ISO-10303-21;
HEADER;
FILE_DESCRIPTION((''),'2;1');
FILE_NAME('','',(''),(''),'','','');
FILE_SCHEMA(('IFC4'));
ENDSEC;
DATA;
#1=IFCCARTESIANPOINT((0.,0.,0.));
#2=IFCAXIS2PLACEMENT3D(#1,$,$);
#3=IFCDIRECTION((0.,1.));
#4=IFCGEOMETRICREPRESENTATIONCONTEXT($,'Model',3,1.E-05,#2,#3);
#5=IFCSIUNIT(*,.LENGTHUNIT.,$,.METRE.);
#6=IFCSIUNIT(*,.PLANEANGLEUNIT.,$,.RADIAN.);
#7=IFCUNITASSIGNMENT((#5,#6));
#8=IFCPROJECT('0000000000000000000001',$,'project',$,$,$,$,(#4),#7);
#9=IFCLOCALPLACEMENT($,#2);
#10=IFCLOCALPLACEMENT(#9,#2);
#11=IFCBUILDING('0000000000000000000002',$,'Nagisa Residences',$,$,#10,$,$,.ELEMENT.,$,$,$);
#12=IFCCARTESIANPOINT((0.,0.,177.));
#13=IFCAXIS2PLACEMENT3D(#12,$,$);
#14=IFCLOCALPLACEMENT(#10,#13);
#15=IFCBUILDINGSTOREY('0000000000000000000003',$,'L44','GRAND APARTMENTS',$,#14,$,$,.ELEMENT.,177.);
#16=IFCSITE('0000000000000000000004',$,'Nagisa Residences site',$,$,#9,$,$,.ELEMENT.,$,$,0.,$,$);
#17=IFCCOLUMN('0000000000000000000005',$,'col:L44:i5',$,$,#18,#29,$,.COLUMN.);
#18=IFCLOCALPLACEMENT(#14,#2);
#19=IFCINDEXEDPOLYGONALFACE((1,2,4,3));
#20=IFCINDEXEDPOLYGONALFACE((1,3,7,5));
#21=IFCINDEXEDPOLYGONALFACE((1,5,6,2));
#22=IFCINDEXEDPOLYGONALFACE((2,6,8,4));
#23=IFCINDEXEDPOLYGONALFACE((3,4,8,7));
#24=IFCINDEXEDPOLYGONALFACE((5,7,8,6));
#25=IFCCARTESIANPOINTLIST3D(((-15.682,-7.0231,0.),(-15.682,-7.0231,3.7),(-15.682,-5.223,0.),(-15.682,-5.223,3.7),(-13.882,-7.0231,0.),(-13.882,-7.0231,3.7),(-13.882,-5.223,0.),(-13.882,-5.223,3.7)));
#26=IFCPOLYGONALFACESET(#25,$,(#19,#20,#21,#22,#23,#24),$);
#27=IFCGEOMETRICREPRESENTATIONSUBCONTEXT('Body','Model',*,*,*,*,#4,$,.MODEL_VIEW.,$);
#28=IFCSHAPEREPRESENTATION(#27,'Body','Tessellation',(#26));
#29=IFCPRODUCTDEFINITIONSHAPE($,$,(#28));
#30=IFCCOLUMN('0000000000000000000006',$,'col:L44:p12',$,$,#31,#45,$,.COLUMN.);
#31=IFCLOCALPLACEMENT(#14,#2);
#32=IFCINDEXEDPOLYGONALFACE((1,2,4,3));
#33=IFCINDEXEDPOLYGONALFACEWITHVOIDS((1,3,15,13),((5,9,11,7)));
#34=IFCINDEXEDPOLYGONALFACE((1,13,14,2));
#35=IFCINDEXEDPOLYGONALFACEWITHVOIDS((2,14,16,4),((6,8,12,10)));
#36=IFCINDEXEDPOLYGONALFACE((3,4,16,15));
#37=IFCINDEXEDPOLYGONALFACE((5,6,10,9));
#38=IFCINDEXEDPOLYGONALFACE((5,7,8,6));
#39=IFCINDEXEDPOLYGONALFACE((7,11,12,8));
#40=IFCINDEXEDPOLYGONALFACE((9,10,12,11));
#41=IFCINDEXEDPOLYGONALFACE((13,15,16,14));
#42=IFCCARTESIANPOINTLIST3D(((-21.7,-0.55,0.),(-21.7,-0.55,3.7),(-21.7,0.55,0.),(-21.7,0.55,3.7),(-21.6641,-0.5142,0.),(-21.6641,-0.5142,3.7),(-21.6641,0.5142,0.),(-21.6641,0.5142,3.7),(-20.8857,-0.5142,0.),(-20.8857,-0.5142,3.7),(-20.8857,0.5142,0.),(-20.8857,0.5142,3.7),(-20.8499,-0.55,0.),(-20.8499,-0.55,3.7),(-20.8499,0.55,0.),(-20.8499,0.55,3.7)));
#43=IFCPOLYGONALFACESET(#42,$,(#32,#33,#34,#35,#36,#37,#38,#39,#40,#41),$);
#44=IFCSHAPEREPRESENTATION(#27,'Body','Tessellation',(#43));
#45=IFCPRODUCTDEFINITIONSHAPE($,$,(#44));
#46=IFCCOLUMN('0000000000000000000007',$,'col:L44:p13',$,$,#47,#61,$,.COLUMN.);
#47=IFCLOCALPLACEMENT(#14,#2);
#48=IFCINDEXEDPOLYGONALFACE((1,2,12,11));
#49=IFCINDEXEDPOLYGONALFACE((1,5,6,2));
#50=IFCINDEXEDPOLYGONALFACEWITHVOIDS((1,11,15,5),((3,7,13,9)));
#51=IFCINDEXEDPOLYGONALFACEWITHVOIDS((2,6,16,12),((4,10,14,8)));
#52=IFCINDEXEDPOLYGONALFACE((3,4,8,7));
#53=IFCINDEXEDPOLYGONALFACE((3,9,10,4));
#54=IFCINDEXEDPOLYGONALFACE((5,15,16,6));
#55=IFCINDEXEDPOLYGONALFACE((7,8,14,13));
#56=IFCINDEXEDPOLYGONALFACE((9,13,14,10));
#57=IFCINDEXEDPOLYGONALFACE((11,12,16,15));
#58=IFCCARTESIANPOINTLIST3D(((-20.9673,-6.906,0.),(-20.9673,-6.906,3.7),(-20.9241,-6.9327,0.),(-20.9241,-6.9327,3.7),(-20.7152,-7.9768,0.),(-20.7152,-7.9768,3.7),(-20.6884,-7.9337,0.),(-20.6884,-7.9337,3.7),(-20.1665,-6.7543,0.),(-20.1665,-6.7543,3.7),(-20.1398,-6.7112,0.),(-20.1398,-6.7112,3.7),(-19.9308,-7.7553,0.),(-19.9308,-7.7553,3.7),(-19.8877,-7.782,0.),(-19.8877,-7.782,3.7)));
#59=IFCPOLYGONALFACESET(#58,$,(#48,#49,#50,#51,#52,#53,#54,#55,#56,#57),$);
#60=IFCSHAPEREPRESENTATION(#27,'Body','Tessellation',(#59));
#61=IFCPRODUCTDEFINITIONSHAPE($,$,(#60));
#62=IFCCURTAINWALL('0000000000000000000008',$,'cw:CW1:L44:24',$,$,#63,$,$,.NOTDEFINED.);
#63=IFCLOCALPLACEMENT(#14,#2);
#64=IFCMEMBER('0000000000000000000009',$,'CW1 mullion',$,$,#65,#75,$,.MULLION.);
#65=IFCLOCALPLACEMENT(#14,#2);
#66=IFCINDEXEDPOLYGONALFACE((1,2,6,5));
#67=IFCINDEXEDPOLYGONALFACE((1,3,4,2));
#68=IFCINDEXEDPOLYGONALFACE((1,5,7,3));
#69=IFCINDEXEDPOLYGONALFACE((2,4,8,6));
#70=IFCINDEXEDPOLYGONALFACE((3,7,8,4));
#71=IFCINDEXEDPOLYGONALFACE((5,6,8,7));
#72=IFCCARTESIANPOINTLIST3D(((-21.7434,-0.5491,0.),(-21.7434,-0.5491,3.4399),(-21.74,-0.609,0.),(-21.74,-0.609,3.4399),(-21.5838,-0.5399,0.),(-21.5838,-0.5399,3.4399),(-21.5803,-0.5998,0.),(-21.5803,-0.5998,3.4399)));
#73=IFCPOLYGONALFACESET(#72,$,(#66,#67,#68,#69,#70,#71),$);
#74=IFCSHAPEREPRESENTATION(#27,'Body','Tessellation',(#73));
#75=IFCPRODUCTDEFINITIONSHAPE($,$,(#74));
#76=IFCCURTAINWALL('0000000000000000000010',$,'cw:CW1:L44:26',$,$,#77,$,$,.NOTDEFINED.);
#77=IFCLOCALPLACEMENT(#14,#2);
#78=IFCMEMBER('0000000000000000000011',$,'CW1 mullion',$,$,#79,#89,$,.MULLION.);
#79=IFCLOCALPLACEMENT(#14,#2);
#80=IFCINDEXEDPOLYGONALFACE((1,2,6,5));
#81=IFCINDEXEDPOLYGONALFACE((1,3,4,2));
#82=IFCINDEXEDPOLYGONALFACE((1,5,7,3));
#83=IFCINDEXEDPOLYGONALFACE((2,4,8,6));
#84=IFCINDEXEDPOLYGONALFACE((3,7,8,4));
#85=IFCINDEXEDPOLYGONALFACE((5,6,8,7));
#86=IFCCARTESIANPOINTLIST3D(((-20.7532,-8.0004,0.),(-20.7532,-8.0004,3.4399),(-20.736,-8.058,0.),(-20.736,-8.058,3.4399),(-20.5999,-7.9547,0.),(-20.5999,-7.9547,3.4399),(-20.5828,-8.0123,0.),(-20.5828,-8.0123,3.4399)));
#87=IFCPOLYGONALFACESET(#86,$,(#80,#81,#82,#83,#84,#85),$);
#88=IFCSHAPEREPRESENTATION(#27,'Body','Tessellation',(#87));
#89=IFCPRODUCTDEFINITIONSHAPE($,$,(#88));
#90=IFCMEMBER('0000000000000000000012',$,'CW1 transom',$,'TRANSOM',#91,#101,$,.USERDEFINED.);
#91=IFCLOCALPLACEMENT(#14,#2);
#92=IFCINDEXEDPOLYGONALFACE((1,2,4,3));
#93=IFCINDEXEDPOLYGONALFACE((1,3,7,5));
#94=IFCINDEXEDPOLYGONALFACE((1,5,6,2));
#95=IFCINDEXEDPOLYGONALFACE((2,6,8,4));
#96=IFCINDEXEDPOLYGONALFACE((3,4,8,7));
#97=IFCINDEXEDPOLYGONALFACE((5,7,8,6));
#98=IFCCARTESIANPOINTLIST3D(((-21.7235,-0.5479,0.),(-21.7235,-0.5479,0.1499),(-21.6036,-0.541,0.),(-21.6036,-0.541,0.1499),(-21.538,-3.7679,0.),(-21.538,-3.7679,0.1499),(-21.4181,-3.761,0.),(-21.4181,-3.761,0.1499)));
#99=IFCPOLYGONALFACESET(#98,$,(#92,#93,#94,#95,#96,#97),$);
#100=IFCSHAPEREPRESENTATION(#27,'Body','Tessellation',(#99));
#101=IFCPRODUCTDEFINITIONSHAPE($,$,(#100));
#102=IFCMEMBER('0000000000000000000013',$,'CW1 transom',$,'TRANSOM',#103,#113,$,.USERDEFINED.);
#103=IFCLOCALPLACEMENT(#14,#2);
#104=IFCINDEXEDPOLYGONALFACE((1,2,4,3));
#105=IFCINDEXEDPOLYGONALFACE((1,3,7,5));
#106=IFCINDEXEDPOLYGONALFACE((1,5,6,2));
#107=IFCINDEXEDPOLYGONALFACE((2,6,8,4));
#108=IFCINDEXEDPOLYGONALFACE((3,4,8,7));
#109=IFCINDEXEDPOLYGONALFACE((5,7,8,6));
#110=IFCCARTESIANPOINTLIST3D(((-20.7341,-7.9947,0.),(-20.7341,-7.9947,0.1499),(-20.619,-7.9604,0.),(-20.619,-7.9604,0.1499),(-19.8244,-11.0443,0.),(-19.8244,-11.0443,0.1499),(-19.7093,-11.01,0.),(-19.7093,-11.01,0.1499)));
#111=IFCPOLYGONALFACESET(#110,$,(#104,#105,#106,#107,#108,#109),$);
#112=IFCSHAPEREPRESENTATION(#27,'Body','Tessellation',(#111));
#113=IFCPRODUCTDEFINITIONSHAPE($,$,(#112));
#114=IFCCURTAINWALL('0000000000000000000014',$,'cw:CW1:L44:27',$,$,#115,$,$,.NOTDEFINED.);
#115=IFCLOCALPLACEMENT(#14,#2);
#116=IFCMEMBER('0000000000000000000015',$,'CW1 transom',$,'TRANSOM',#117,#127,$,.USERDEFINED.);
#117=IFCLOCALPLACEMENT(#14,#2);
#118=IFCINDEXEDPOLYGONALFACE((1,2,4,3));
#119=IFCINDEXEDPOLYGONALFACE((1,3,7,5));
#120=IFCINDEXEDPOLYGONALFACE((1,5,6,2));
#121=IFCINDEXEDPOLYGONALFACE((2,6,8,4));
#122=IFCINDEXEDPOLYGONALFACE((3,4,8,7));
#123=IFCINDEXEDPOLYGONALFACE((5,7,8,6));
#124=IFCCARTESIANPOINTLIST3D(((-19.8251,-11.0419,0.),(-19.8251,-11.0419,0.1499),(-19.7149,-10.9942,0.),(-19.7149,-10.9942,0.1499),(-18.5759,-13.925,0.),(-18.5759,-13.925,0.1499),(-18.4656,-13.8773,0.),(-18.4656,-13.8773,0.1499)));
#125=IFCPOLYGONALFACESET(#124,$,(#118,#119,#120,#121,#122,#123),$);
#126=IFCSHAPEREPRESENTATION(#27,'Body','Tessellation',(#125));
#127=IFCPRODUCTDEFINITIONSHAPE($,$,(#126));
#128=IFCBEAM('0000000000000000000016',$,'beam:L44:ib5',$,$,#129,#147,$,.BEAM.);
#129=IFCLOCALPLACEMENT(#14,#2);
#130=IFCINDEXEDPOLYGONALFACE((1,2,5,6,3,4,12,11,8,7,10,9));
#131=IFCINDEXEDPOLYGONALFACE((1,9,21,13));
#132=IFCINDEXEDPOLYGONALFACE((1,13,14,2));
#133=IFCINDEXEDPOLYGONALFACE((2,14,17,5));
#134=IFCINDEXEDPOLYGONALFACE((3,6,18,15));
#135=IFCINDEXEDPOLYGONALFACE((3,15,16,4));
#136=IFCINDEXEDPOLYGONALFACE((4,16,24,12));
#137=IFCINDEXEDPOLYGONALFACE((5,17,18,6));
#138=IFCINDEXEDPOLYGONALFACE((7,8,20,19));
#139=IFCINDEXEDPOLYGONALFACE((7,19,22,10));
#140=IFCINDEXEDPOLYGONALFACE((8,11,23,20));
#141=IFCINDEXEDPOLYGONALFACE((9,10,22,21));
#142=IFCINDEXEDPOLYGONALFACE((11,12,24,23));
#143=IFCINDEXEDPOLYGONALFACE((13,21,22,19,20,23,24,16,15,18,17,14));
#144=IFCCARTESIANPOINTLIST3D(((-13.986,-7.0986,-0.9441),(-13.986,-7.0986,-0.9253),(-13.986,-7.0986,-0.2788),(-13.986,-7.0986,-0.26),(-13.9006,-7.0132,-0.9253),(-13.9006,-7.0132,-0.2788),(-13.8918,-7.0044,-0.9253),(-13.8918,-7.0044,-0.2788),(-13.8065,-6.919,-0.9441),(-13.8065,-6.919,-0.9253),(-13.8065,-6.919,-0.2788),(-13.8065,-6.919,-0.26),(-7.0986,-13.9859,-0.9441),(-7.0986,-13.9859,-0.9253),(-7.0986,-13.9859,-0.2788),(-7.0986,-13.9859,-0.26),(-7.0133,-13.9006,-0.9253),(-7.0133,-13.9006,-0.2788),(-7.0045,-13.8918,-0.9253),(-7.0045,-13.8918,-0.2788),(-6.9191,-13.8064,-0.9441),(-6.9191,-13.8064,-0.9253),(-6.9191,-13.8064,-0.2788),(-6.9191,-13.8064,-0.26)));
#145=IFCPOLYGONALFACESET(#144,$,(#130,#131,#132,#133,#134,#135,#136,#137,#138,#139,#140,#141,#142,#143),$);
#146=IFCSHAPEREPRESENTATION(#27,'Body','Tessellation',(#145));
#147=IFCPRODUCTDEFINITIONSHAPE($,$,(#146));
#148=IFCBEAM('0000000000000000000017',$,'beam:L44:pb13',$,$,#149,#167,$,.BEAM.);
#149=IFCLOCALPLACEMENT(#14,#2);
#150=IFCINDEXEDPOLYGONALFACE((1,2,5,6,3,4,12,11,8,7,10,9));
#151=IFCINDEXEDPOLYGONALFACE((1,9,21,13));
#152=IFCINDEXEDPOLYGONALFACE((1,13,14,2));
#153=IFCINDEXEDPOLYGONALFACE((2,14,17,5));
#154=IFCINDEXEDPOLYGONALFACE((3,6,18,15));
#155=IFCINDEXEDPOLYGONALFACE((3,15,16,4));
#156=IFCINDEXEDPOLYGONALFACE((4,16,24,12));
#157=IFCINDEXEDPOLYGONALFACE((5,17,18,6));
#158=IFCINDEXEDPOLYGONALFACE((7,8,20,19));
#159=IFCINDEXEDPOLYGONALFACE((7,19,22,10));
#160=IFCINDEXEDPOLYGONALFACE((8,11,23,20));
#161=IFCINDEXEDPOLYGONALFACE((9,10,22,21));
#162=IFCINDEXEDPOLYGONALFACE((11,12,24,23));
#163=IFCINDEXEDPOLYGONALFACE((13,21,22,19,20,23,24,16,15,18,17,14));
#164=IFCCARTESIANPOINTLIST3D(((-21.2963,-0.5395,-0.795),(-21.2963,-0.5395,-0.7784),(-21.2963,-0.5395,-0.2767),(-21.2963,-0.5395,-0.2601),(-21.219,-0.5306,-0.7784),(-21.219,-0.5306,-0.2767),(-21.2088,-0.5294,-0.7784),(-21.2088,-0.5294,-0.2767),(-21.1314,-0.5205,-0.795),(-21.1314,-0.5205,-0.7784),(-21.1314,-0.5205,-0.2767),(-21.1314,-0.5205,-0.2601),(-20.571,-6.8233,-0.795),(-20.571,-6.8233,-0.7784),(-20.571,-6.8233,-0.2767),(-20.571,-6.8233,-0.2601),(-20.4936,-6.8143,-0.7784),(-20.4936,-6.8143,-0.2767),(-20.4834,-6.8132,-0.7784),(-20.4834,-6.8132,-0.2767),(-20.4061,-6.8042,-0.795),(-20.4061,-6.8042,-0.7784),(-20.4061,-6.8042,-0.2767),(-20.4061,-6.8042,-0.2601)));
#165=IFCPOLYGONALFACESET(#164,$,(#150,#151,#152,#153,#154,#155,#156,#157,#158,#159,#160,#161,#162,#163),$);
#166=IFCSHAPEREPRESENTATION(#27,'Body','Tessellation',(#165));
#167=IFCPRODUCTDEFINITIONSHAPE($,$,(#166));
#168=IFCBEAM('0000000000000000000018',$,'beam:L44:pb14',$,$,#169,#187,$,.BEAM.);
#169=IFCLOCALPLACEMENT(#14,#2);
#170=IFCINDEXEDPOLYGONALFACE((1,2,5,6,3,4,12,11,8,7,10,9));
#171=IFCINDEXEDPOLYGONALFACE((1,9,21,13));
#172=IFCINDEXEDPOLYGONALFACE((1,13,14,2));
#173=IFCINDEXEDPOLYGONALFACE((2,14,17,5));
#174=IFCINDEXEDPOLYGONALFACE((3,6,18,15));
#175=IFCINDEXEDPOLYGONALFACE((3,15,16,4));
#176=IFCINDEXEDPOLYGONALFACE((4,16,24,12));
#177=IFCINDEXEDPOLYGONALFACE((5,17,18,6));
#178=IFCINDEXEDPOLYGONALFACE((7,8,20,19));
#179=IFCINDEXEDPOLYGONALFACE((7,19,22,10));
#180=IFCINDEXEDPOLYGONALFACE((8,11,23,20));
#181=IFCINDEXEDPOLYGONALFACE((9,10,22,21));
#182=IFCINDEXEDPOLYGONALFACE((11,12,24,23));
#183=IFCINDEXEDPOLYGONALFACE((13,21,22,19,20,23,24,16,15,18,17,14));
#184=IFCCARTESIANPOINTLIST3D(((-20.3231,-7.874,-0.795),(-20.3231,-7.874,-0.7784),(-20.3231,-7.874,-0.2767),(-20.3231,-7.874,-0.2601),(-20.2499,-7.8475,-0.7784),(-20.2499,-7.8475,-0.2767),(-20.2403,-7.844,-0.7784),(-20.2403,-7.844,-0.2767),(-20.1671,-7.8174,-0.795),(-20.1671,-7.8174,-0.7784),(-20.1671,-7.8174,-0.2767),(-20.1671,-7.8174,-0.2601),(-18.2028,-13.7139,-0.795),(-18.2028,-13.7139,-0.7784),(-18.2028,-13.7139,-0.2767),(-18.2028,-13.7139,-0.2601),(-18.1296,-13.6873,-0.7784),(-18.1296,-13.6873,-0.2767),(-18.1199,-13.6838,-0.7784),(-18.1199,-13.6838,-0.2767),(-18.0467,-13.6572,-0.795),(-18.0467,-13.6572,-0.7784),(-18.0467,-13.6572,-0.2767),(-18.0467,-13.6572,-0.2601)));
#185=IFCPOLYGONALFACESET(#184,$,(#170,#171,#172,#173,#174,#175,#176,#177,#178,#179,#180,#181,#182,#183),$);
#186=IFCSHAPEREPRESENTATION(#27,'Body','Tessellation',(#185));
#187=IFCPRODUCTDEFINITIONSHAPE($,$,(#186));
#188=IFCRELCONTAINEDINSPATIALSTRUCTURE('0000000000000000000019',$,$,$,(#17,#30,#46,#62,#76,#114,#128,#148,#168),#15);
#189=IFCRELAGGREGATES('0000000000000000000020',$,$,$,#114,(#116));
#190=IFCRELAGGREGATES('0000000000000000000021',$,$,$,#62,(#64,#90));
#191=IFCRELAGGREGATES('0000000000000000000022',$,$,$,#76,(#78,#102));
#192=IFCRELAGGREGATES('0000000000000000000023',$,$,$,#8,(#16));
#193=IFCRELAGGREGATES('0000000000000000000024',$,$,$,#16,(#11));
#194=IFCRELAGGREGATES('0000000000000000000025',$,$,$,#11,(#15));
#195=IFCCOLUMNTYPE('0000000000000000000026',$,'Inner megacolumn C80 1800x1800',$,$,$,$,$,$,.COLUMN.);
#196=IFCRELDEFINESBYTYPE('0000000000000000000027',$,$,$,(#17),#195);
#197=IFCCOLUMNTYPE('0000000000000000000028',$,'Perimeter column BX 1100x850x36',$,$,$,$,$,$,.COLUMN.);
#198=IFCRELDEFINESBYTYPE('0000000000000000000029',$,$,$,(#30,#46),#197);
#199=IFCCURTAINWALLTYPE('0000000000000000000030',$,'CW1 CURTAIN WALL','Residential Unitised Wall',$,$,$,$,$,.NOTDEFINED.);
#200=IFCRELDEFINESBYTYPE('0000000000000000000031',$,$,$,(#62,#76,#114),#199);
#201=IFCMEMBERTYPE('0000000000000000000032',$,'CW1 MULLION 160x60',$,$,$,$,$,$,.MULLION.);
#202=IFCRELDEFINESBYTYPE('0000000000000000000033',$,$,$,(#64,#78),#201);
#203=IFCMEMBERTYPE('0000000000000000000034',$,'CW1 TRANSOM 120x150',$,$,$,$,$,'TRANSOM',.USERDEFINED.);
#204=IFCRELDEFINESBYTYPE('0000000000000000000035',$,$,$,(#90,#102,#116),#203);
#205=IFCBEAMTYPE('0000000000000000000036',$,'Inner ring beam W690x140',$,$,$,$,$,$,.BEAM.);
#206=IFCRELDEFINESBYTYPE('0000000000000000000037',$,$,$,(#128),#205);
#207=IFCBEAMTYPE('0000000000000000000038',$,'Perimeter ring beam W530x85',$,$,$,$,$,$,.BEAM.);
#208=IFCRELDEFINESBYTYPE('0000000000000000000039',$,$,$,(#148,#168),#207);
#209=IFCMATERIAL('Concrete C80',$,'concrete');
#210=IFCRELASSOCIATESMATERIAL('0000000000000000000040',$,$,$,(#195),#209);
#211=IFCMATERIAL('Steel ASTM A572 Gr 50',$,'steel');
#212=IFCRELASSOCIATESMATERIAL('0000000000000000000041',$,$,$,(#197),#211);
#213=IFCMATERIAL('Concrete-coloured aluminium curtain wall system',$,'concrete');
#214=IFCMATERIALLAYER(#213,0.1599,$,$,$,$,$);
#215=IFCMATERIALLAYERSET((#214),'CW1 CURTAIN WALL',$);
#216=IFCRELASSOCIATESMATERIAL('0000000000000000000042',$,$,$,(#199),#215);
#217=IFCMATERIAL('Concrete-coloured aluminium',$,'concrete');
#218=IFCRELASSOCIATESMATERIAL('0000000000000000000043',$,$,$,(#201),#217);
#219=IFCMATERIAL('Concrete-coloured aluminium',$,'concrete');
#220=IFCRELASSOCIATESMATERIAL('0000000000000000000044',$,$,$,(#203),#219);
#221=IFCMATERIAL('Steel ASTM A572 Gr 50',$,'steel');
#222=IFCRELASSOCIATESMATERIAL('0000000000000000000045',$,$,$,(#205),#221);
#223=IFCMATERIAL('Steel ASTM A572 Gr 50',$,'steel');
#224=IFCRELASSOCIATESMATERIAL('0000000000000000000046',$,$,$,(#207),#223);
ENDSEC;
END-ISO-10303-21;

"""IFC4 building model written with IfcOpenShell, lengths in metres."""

from ifc_helpers import new_model, si_unit, direction, frame, origin, origin_2d, place, context, subcontext, project, spatial, rectangle, hollow_rectangle, i_section, extrude, material, layer, layer_set, material_profile, profile_set, type_object, element, aggregate, save


model = new_model("IFC4")

# Units and contexts
model_context = context("Model", 3, precision=1e-05, world=origin(), true_north=direction((0.0, 1.0)))
body_context = subcontext(model_context, "Body", "Model", "MODEL_VIEW")
ifc_project = project(units=[si_unit("LENGTHUNIT", "METRE"), si_unit("PLANEANGLEUNIT", "RADIAN")], contexts=[model_context])

# Site, building, storey
site_placement = place(None, origin())
site = spatial("IfcSite", under=ifc_project, at=site_placement, Name="Nagisa Residences site", CompositionType="ELEMENT", RefElevation=0.0)
building_placement = place(site_placement, origin())
building = spatial("IfcBuilding", under=site, at=building_placement, Name="Nagisa Residences", CompositionType="ELEMENT")
storey_placement = place(building_placement, frame((0.0, 0.0, 177.0)))
storey = spatial("IfcBuildingStorey", under=building, at=storey_placement, Name="L44", Description="GRAND APARTMENTS", CompositionType="ELEMENT", Elevation=177.0)

# Columns
ifc_material_1 = material(Name="Concrete C80", Category="concrete")
ifc_material_profile_1 = material_profile(ifc_material_1, rectangle(XDim=1.8, YDim=1.8, at=origin_2d()), Name="C80 1800x1800")
ifc_profile_set_1 = profile_set([ifc_material_profile_1], Name="Concrete C80")
column_type_1 = type_object("IfcColumnType", Name="Inner megacolumn C80 1800x1800", PredefinedType="COLUMN", material=ifc_profile_set_1)
column_placement = place(storey_placement, frame((-14.782, -6.123, 0.0), z_axis=(0.0, 0.0, 1.0), x_axis=(1.0, 0.0, 0.0)))
element("IfcColumn", 1, at=column_placement, inside=storey, type_object=column_type_1, Name="col:L44:i5", PredefinedType="COLUMN", context=body_context, shape_type="SweptSolid", body=[
    extrude(rectangle(XDim=1.8, YDim=1.8, at=origin_2d()), origin(), (0.0, 0.0, 1.0), 3.7),
])
ifc_material_2 = material(Name="Steel ASTM A572 Gr 50", Category="steel")
ifc_material_profile_2 = material_profile(ifc_material_2, hollow_rectangle(XDim=1.1001, YDim=0.8501, WallThickness=0.0359, at=origin_2d()), Name="BX 1100x850x36")
ifc_profile_set_2 = profile_set([ifc_material_profile_2], Name="Steel ASTM A572 Gr 50")
column_type_2 = type_object("IfcColumnType", Name="Perimeter column BX 1100x850x36", PredefinedType="COLUMN", material=ifc_profile_set_2)
for number, where, z_axis, x_axis, name in (
    (2, (-21.2749, 0.0, 0.0), (0.0, 0.0, 1.0), (0.0, -1.0, 0.0), "col:L44:p12"),
    (3, (-20.4275, -7.344, 0.0), (0.0, 0.0, 1.0), (0.229202, -0.973379, 0.0), "col:L44:p13"),
):
    element("IfcColumn", number, at=place(storey_placement, frame(where, z_axis=z_axis, x_axis=x_axis)), inside=storey, type_object=column_type_2, Name=name, PredefinedType="COLUMN", context=body_context, shape_type="SweptSolid", body=[
        extrude(hollow_rectangle(XDim=1.1001, YDim=0.8501, WallThickness=0.0359, at=origin_2d()), origin(), (0.0, 0.0, 1.0), 3.7),
    ])

# Curtain walls, members
ifc_material_3 = material(Name="Concrete-coloured aluminium curtain wall system", Category="concrete")
ifc_layer_1 = layer(ifc_material_3, 0.1599)
ifc_layer_set_1 = layer_set([ifc_layer_1], Name="CW1 CURTAIN WALL")
curtain_wall_type = type_object("IfcCurtainWallType", Name="CW1 CURTAIN WALL", Description="Residential Unitised Wall", PredefinedType="NOTDEFINED", material=ifc_layer_set_1)
curtain_wall_1_placement = place(storey_placement, origin())
curtain_wall_1 = element("IfcCurtainWall", 4, at=curtain_wall_1_placement, inside=storey, type_object=curtain_wall_type, Name="cw:CW1:L44:24", PredefinedType="NOTDEFINED")
ifc_material_4 = material(Name="Concrete-coloured aluminium", Category="concrete")
ifc_material_profile_3 = material_profile(ifc_material_4, rectangle(XDim=0.1599, YDim=0.0601, at=origin_2d()), Name="CW1 MULLION 160x60")
ifc_profile_set_3 = profile_set([ifc_material_profile_3], Name="Concrete-coloured aluminium")
member_type_1 = type_object("IfcMemberType", Name="CW1 MULLION 160x60", PredefinedType="MULLION", material=ifc_profile_set_3)
member_1_placement = place(storey_placement, frame((-21.6619, -0.5745, 0.0), z_axis=(0.0, 0.0, 1.0), x_axis=(0.998345, 0.057503, 0.0)))
member_1 = element("IfcMember", 5, at=member_1_placement, type_object=member_type_1, Name="CW1 mullion", PredefinedType="MULLION", context=body_context, shape_type="SweptSolid", body=[
    extrude(rectangle(XDim=0.1599, YDim=0.0601, at=origin_2d()), origin(), (0.0, 0.0, 1.0), 3.4399),
])
curtain_wall_2_placement = place(storey_placement, origin())
curtain_wall_2 = element("IfcCurtainWall", 6, at=curtain_wall_2_placement, inside=storey, type_object=curtain_wall_type, Name="cw:CW1:L44:26", PredefinedType="NOTDEFINED")
member_2_placement = place(storey_placement, frame((-20.668, -8.0063, 0.0), z_axis=(0.0, 0.0, 1.0), x_axis=(0.958271, 0.28586, 0.0)))
member_2 = element("IfcMember", 7, at=member_2_placement, type_object=member_type_1, Name="CW1 mullion", PredefinedType="MULLION", context=body_context, shape_type="SweptSolid", body=[
    extrude(rectangle(XDim=0.1599, YDim=0.0601, at=origin_2d()), origin(), (0.0, 0.0, 1.0), 3.4399),
])

# Members
ifc_material_5 = material(Name="Concrete-coloured aluminium", Category="concrete")
ifc_material_profile_4 = material_profile(ifc_material_5, rectangle(XDim=0.1201, YDim=0.1499, at=origin_2d()), Name="CW1 TRANSOM 120x150")
ifc_profile_set_4 = profile_set([ifc_material_profile_4], Name="Concrete-coloured aluminium")
member_type_2 = type_object("IfcMemberType", Name="CW1 TRANSOM 120x150", ElementType="TRANSOM", PredefinedType="USERDEFINED", material=ifc_profile_set_4)
member_3_placement = place(storey_placement, frame((-21.6636, -0.5444, 0.075), z_axis=(0.057528, -0.998344, 0.0), x_axis=(0.998344, 0.057528, 0.0)))
member_3 = element("IfcMember", 8, at=member_3_placement, type_object=member_type_2, Name="CW1 transom", ObjectType="TRANSOM", PredefinedType="USERDEFINED", context=body_context, shape_type="SweptSolid", body=[
    extrude(rectangle(XDim=0.1201, YDim=0.1499, at=origin_2d()), origin(), (0.0, 0.0, 1.0), 3.2253),
])
member_4_placement = place(storey_placement, frame((-20.6765, -7.9775, 0.075), z_axis=(0.285848, -0.958275, 0.0), x_axis=(0.958275, 0.285848, 0.0)))
member_4 = element("IfcMember", 9, at=member_4_placement, type_object=member_type_2, Name="CW1 transom", ObjectType="TRANSOM", PredefinedType="USERDEFINED", context=body_context, shape_type="SweptSolid", body=[
    extrude(rectangle(XDim=0.1201, YDim=0.1499, at=origin_2d()), origin(), (0.0, 0.0, 1.0), 3.1824),
])

# Curtain wall, member
curtain_wall_3_placement = place(storey_placement, origin())
curtain_wall_3 = element("IfcCurtainWall", 10, at=curtain_wall_3_placement, inside=storey, type_object=curtain_wall_type, Name="cw:CW1:L44:27", PredefinedType="NOTDEFINED")
member_5_placement = place(storey_placement, frame((-19.77, -11.0181, 0.075), z_axis=(0.397592, -0.917562, 0.0), x_axis=(0.917562, 0.397592, 0.0)))
member_5 = element("IfcMember", 11, at=member_5_placement, type_object=member_type_2, Name="CW1 transom", ObjectType="TRANSOM", PredefinedType="USERDEFINED", context=body_context, shape_type="SweptSolid", body=[
    extrude(rectangle(XDim=0.1201, YDim=0.1499, at=origin_2d()), origin(), (0.0, 0.0, 1.0), 3.1421),
])
aggregate(curtain_wall_3, [member_5])

# Beams
ifc_material_6 = material(Name="Steel ASTM A572 Gr 50", Category="steel")
ifc_material_profile_5 = material_profile(ifc_material_6, i_section(OverallWidth=0.2539, OverallDepth=0.6841, WebThickness=0.0125, FlangeThickness=0.0188, at=origin_2d()), Name="W690x140")
ifc_profile_set_5 = profile_set([ifc_material_profile_5], Name="Steel ASTM A572 Gr 50")
beam_type_1 = type_object("IfcBeamType", Name="Inner ring beam W690x140", PredefinedType="BEAM", material=ifc_profile_set_5)
beam_1_placement = place(storey_placement, frame((-13.8962, -7.0088, -0.6021), z_axis=(0.707107, -0.707107, 0.0), x_axis=(0.707107, 0.707107, 0.0)))
element("IfcBeam", 12, at=beam_1_placement, inside=storey, type_object=beam_type_1, Name="beam:L44:ib5", PredefinedType="BEAM", context=body_context, shape_type="SweptSolid", body=[
    extrude(i_section(OverallWidth=0.2539, OverallDepth=0.6841, WebThickness=0.0125, FlangeThickness=0.0188, at=origin_2d()), origin(), (0.0, 0.0, 1.0), 9.7402),
])
ifc_material_7 = material(Name="Steel ASTM A572 Gr 50", Category="steel")
ifc_material_profile_6 = material_profile(ifc_material_7, i_section(OverallWidth=0.166, OverallDepth=0.5349, WebThickness=0.0103, FlangeThickness=0.0166, at=origin_2d()), Name="W530x85")
ifc_profile_set_6 = profile_set([ifc_material_profile_6], Name="Steel ASTM A572 Gr 50")
beam_type_2 = type_object("IfcBeamType", Name="Perimeter ring beam W530x85", PredefinedType="BEAM", material=ifc_profile_set_6)
beam_2_placement = place(storey_placement, frame((-21.2139, -0.53, -0.5276), z_axis=(0.114671, -0.993404, 0.0), x_axis=(0.993404, 0.114671, 0.0)))
element("IfcBeam", 13, at=beam_2_placement, inside=storey, type_object=beam_type_2, Name="beam:L44:pb13", PredefinedType="BEAM", context=body_context, shape_type="SweptSolid", body=[
    extrude(i_section(OverallWidth=0.166, OverallDepth=0.5349, WebThickness=0.0103, FlangeThickness=0.0166, at=origin_2d()), origin(), (0.0, 0.0, 1.0), 6.3254),
])
beam_3_placement = place(storey_placement, frame((-20.2451, -7.8457, -0.5276), z_axis=(0.341286, -0.93996, 0.0), x_axis=(0.93996, 0.341286, 0.0)))
element("IfcBeam", 14, at=beam_3_placement, inside=storey, type_object=beam_type_2, Name="beam:L44:pb14", PredefinedType="BEAM", context=body_context, shape_type="SweptSolid", body=[
    extrude(i_section(OverallWidth=0.166, OverallDepth=0.5349, WebThickness=0.0103, FlangeThickness=0.0166, at=origin_2d()), origin(), (0.0, 0.0, 1.0), 6.2129),
])

aggregate(curtain_wall_1, [member_1, member_3])
aggregate(curtain_wall_2, [member_2, member_4])

save(model, "model.ifc")
